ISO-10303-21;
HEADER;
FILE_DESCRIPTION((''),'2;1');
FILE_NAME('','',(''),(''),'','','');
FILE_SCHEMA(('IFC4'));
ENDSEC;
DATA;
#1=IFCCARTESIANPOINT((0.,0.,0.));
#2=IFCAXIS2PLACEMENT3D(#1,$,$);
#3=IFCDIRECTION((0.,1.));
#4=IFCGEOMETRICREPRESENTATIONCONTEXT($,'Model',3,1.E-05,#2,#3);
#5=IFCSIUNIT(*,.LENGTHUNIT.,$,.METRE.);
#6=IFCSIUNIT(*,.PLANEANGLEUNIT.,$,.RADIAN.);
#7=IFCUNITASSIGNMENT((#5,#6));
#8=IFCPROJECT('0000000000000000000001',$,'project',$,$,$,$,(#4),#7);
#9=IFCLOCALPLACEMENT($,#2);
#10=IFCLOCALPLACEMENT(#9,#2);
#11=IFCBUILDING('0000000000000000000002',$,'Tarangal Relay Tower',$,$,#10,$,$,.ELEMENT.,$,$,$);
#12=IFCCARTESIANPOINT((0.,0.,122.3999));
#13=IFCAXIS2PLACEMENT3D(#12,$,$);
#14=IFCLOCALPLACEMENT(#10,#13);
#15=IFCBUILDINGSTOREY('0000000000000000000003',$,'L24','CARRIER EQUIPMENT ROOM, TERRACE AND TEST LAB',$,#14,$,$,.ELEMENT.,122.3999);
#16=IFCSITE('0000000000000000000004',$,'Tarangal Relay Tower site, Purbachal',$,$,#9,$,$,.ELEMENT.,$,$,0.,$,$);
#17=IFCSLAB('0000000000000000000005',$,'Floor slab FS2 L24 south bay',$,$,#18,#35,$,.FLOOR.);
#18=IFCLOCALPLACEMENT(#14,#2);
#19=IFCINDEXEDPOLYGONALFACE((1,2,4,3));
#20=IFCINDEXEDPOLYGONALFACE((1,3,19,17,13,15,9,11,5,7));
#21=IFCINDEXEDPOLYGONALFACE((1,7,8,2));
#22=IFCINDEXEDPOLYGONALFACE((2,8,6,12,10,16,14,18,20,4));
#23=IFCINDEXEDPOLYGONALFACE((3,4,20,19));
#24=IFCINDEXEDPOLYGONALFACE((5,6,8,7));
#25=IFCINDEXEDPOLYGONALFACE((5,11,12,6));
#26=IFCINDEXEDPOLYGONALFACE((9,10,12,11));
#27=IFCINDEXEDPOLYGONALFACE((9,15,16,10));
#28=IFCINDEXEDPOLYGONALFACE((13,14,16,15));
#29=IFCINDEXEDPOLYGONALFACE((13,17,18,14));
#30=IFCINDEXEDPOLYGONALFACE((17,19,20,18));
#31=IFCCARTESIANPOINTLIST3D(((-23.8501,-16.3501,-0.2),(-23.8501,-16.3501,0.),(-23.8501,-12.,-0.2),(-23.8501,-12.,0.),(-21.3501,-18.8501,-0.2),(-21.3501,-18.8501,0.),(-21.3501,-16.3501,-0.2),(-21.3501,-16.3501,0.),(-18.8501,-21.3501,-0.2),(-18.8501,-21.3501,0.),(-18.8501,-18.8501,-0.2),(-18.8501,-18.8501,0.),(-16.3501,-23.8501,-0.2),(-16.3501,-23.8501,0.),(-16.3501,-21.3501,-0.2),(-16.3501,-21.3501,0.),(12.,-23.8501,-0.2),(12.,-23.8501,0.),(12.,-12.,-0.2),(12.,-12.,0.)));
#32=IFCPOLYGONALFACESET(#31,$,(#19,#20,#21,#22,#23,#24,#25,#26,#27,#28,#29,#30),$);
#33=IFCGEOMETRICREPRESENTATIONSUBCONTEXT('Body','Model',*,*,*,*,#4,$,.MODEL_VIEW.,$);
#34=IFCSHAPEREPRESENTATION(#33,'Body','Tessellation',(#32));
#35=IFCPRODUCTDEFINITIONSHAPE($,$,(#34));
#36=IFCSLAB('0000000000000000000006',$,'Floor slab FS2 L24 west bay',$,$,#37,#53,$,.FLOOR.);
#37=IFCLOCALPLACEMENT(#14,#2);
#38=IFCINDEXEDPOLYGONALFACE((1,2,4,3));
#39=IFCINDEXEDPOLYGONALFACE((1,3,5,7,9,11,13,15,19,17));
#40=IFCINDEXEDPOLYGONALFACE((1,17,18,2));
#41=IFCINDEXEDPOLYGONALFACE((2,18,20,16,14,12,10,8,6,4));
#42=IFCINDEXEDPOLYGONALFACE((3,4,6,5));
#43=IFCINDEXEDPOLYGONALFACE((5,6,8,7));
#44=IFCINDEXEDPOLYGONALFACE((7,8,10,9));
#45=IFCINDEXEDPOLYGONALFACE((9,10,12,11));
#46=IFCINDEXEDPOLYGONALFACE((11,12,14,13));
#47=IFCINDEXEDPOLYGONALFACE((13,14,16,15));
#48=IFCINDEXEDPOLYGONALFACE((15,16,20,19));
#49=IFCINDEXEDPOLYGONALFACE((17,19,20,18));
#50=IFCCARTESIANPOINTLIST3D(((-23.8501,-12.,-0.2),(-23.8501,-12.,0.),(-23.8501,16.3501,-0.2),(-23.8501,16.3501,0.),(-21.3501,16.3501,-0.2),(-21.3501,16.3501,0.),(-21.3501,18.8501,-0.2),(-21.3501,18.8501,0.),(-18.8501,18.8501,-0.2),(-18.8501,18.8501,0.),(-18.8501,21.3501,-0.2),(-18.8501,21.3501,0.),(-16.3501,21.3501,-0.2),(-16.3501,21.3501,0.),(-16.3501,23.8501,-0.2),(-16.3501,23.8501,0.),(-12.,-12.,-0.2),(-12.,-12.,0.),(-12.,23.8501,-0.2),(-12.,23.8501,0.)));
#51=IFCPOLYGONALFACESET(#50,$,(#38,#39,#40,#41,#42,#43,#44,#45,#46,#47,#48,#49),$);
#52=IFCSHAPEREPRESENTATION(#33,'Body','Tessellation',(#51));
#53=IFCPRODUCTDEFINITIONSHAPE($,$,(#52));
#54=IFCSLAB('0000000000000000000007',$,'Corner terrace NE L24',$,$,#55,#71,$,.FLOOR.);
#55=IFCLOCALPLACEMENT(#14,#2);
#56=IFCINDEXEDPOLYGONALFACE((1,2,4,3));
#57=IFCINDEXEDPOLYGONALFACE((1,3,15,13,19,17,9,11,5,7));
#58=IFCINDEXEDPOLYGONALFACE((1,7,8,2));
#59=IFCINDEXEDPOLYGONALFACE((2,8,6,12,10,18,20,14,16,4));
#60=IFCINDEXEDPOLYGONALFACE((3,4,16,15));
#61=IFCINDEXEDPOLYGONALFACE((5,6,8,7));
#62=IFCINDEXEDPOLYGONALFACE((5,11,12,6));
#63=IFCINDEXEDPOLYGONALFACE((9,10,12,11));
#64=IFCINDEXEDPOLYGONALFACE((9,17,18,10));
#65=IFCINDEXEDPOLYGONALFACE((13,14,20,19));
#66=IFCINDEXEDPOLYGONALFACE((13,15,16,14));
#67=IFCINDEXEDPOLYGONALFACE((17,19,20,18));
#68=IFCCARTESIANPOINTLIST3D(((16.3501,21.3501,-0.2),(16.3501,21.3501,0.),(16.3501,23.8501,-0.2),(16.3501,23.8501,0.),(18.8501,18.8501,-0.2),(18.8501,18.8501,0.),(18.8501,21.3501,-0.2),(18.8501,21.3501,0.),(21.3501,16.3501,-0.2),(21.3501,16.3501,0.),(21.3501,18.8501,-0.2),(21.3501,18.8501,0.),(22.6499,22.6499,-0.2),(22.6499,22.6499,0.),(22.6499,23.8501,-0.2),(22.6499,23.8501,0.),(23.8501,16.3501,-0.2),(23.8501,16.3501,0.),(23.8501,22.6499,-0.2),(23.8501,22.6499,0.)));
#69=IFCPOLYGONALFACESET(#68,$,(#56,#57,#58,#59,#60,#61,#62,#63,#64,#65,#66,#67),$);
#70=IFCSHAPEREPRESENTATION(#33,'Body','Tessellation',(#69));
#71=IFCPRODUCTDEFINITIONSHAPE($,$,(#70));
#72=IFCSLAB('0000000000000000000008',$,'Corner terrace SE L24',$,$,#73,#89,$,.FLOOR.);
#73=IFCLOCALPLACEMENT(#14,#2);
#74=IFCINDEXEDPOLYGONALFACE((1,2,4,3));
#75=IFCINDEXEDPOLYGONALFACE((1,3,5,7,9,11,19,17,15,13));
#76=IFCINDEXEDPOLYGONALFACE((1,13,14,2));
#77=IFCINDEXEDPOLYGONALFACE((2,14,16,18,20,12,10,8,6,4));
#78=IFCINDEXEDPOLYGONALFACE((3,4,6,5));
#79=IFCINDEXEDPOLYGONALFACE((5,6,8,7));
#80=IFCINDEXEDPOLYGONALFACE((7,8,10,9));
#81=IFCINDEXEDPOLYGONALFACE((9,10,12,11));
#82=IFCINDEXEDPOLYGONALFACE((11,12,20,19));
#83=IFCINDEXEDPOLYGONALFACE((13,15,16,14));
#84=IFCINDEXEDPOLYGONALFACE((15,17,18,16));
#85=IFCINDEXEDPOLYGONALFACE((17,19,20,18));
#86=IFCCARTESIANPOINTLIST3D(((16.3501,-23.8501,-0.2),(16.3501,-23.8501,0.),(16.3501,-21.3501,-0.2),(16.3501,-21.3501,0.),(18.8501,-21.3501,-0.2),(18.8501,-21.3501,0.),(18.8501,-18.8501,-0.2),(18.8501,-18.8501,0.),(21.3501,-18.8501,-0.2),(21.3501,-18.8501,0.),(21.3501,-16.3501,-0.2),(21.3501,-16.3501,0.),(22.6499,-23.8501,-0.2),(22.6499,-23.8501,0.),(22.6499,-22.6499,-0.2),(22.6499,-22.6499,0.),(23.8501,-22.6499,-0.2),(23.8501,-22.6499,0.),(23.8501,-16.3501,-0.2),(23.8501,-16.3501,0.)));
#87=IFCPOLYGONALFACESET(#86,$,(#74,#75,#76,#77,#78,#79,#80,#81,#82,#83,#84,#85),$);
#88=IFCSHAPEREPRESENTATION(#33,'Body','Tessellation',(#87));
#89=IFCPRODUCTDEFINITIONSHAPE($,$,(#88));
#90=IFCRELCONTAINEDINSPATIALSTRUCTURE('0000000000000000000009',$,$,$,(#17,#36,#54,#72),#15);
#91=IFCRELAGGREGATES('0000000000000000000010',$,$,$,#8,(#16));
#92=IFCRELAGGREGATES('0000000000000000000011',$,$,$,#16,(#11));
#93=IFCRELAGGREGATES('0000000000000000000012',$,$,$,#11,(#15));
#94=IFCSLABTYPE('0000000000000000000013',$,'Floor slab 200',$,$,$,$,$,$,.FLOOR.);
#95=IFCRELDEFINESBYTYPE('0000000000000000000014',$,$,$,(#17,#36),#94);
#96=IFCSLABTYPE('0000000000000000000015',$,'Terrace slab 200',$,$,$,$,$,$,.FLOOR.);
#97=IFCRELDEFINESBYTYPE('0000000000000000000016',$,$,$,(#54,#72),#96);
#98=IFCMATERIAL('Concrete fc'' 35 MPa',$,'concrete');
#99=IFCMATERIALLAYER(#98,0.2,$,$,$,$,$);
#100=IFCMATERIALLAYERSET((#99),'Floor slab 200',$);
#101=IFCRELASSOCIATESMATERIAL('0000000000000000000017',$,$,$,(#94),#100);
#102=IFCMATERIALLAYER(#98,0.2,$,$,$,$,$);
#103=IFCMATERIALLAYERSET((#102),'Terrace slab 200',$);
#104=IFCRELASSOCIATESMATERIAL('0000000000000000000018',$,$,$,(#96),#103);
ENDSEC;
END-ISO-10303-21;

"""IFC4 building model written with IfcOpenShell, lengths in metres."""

from ifc_helpers import new_model, si_unit, direction, frame, origin, place, context, subcontext, project, spatial, polyline, outline, extrude, material, layer, layer_set, type_object, element, save


model = new_model("IFC4")

# Units and contexts
model_context = context("Model", 3, precision=1e-05, world=origin(), true_north=direction((0.0, 1.0)))
body_context = subcontext(model_context, "Body", "Model", "MODEL_VIEW")
ifc_project = project(units=[si_unit("LENGTHUNIT", "METRE"), si_unit("PLANEANGLEUNIT", "RADIAN")], contexts=[model_context])

# Site, building, storey
site_placement = place(None, origin())
site = spatial("IfcSite", under=ifc_project, at=site_placement, Name="Tarangal Relay Tower site, Purbachal", CompositionType="ELEMENT", RefElevation=0.0)
building_placement = place(site_placement, origin())
building = spatial("IfcBuilding", under=site, at=building_placement, Name="Tarangal Relay Tower", CompositionType="ELEMENT")
storey_placement = place(building_placement, frame((0.0, 0.0, 122.3999)))
storey = spatial("IfcBuildingStorey", under=building, at=storey_placement, Name="L24", Description="CARRIER EQUIPMENT ROOM, TERRACE AND TEST LAB", CompositionType="ELEMENT", Elevation=122.3999)

# Slabs
ifc_material_1 = material(Name="Concrete fc' 35 MPa", Category="concrete")
ifc_layer_1 = layer(ifc_material_1, 0.2)
ifc_layer_set_1 = layer_set([ifc_layer_1], Name="Floor slab 200")
slab_type_1 = type_object("IfcSlabType", Name="Floor slab 200", PredefinedType="FLOOR", material=ifc_layer_set_1)
slab_1_placement = place(storey_placement, frame((0.0, 0.0, -0.2)))
element("IfcSlab", 1, at=slab_1_placement, inside=storey, type_object=slab_type_1, Name="Floor slab FS2 L24 south bay", PredefinedType="FLOOR", context=body_context, shape_type="SweptSolid", body=[
    extrude(outline(polyline([(-16.3501, -23.8501), (-16.3501, -21.3501), (-18.8501, -21.3501), (-18.8501, -18.8501), (-21.3501, -18.8501), (-21.3501, -16.3501), (-23.8501, -16.3501), (-23.8501, -12.0), (12.0, -12.0), (12.0, -23.8501), (-16.3501, -23.8501)])), origin(), (0.0, 0.0, 1.0), 0.2),
])
slab_2_placement = place(storey_placement, frame((0.0, 0.0, -0.2)))
element("IfcSlab", 2, at=slab_2_placement, inside=storey, type_object=slab_type_1, Name="Floor slab FS2 L24 west bay", PredefinedType="FLOOR", context=body_context, shape_type="SweptSolid", body=[
    extrude(outline(polyline([(-12.0, 23.8501), (-12.0, -12.0), (-23.8501, -12.0), (-23.8501, 16.3501), (-21.3501, 16.3501), (-21.3501, 18.8501), (-18.8501, 18.8501), (-18.8501, 21.3501), (-16.3501, 21.3501), (-16.3501, 23.8501), (-12.0, 23.8501)])), origin(), (0.0, 0.0, 1.0), 0.2),
])
ifc_layer_2 = layer(ifc_material_1, 0.2)
ifc_layer_set_2 = layer_set([ifc_layer_2], Name="Terrace slab 200")
slab_type_2 = type_object("IfcSlabType", Name="Terrace slab 200", PredefinedType="FLOOR", material=ifc_layer_set_2)
slab_3_placement = place(storey_placement, frame((0.0, 0.0, -0.2)))
element("IfcSlab", 3, at=slab_3_placement, inside=storey, type_object=slab_type_2, Name="Corner terrace NE L24", PredefinedType="FLOOR", context=body_context, shape_type="SweptSolid", body=[
    extrude(outline(polyline([(16.3501, 23.8501), (16.3501, 21.3501), (18.8501, 21.3501), (18.8501, 18.8501), (21.3501, 18.8501), (21.3501, 16.3501), (23.8501, 16.3501), (23.8501, 22.6499), (22.6499, 22.6499), (22.6499, 23.8501), (16.3501, 23.8501)])), origin(), (0.0, 0.0, 1.0), 0.2),
])
slab_4_placement = place(storey_placement, frame((0.0, 0.0, -0.2)))
element("IfcSlab", 4, at=slab_4_placement, inside=storey, type_object=slab_type_2, Name="Corner terrace SE L24", PredefinedType="FLOOR", context=body_context, shape_type="SweptSolid", body=[
    extrude(outline(polyline([(23.8501, -16.3501), (21.3501, -16.3501), (21.3501, -18.8501), (18.8501, -18.8501), (18.8501, -21.3501), (16.3501, -21.3501), (16.3501, -23.8501), (22.6499, -23.8501), (22.6499, -22.6499), (23.8501, -22.6499), (23.8501, -16.3501)])), origin(), (0.0, 0.0, 1.0), 0.2),
])

save(model, "model.ifc")
